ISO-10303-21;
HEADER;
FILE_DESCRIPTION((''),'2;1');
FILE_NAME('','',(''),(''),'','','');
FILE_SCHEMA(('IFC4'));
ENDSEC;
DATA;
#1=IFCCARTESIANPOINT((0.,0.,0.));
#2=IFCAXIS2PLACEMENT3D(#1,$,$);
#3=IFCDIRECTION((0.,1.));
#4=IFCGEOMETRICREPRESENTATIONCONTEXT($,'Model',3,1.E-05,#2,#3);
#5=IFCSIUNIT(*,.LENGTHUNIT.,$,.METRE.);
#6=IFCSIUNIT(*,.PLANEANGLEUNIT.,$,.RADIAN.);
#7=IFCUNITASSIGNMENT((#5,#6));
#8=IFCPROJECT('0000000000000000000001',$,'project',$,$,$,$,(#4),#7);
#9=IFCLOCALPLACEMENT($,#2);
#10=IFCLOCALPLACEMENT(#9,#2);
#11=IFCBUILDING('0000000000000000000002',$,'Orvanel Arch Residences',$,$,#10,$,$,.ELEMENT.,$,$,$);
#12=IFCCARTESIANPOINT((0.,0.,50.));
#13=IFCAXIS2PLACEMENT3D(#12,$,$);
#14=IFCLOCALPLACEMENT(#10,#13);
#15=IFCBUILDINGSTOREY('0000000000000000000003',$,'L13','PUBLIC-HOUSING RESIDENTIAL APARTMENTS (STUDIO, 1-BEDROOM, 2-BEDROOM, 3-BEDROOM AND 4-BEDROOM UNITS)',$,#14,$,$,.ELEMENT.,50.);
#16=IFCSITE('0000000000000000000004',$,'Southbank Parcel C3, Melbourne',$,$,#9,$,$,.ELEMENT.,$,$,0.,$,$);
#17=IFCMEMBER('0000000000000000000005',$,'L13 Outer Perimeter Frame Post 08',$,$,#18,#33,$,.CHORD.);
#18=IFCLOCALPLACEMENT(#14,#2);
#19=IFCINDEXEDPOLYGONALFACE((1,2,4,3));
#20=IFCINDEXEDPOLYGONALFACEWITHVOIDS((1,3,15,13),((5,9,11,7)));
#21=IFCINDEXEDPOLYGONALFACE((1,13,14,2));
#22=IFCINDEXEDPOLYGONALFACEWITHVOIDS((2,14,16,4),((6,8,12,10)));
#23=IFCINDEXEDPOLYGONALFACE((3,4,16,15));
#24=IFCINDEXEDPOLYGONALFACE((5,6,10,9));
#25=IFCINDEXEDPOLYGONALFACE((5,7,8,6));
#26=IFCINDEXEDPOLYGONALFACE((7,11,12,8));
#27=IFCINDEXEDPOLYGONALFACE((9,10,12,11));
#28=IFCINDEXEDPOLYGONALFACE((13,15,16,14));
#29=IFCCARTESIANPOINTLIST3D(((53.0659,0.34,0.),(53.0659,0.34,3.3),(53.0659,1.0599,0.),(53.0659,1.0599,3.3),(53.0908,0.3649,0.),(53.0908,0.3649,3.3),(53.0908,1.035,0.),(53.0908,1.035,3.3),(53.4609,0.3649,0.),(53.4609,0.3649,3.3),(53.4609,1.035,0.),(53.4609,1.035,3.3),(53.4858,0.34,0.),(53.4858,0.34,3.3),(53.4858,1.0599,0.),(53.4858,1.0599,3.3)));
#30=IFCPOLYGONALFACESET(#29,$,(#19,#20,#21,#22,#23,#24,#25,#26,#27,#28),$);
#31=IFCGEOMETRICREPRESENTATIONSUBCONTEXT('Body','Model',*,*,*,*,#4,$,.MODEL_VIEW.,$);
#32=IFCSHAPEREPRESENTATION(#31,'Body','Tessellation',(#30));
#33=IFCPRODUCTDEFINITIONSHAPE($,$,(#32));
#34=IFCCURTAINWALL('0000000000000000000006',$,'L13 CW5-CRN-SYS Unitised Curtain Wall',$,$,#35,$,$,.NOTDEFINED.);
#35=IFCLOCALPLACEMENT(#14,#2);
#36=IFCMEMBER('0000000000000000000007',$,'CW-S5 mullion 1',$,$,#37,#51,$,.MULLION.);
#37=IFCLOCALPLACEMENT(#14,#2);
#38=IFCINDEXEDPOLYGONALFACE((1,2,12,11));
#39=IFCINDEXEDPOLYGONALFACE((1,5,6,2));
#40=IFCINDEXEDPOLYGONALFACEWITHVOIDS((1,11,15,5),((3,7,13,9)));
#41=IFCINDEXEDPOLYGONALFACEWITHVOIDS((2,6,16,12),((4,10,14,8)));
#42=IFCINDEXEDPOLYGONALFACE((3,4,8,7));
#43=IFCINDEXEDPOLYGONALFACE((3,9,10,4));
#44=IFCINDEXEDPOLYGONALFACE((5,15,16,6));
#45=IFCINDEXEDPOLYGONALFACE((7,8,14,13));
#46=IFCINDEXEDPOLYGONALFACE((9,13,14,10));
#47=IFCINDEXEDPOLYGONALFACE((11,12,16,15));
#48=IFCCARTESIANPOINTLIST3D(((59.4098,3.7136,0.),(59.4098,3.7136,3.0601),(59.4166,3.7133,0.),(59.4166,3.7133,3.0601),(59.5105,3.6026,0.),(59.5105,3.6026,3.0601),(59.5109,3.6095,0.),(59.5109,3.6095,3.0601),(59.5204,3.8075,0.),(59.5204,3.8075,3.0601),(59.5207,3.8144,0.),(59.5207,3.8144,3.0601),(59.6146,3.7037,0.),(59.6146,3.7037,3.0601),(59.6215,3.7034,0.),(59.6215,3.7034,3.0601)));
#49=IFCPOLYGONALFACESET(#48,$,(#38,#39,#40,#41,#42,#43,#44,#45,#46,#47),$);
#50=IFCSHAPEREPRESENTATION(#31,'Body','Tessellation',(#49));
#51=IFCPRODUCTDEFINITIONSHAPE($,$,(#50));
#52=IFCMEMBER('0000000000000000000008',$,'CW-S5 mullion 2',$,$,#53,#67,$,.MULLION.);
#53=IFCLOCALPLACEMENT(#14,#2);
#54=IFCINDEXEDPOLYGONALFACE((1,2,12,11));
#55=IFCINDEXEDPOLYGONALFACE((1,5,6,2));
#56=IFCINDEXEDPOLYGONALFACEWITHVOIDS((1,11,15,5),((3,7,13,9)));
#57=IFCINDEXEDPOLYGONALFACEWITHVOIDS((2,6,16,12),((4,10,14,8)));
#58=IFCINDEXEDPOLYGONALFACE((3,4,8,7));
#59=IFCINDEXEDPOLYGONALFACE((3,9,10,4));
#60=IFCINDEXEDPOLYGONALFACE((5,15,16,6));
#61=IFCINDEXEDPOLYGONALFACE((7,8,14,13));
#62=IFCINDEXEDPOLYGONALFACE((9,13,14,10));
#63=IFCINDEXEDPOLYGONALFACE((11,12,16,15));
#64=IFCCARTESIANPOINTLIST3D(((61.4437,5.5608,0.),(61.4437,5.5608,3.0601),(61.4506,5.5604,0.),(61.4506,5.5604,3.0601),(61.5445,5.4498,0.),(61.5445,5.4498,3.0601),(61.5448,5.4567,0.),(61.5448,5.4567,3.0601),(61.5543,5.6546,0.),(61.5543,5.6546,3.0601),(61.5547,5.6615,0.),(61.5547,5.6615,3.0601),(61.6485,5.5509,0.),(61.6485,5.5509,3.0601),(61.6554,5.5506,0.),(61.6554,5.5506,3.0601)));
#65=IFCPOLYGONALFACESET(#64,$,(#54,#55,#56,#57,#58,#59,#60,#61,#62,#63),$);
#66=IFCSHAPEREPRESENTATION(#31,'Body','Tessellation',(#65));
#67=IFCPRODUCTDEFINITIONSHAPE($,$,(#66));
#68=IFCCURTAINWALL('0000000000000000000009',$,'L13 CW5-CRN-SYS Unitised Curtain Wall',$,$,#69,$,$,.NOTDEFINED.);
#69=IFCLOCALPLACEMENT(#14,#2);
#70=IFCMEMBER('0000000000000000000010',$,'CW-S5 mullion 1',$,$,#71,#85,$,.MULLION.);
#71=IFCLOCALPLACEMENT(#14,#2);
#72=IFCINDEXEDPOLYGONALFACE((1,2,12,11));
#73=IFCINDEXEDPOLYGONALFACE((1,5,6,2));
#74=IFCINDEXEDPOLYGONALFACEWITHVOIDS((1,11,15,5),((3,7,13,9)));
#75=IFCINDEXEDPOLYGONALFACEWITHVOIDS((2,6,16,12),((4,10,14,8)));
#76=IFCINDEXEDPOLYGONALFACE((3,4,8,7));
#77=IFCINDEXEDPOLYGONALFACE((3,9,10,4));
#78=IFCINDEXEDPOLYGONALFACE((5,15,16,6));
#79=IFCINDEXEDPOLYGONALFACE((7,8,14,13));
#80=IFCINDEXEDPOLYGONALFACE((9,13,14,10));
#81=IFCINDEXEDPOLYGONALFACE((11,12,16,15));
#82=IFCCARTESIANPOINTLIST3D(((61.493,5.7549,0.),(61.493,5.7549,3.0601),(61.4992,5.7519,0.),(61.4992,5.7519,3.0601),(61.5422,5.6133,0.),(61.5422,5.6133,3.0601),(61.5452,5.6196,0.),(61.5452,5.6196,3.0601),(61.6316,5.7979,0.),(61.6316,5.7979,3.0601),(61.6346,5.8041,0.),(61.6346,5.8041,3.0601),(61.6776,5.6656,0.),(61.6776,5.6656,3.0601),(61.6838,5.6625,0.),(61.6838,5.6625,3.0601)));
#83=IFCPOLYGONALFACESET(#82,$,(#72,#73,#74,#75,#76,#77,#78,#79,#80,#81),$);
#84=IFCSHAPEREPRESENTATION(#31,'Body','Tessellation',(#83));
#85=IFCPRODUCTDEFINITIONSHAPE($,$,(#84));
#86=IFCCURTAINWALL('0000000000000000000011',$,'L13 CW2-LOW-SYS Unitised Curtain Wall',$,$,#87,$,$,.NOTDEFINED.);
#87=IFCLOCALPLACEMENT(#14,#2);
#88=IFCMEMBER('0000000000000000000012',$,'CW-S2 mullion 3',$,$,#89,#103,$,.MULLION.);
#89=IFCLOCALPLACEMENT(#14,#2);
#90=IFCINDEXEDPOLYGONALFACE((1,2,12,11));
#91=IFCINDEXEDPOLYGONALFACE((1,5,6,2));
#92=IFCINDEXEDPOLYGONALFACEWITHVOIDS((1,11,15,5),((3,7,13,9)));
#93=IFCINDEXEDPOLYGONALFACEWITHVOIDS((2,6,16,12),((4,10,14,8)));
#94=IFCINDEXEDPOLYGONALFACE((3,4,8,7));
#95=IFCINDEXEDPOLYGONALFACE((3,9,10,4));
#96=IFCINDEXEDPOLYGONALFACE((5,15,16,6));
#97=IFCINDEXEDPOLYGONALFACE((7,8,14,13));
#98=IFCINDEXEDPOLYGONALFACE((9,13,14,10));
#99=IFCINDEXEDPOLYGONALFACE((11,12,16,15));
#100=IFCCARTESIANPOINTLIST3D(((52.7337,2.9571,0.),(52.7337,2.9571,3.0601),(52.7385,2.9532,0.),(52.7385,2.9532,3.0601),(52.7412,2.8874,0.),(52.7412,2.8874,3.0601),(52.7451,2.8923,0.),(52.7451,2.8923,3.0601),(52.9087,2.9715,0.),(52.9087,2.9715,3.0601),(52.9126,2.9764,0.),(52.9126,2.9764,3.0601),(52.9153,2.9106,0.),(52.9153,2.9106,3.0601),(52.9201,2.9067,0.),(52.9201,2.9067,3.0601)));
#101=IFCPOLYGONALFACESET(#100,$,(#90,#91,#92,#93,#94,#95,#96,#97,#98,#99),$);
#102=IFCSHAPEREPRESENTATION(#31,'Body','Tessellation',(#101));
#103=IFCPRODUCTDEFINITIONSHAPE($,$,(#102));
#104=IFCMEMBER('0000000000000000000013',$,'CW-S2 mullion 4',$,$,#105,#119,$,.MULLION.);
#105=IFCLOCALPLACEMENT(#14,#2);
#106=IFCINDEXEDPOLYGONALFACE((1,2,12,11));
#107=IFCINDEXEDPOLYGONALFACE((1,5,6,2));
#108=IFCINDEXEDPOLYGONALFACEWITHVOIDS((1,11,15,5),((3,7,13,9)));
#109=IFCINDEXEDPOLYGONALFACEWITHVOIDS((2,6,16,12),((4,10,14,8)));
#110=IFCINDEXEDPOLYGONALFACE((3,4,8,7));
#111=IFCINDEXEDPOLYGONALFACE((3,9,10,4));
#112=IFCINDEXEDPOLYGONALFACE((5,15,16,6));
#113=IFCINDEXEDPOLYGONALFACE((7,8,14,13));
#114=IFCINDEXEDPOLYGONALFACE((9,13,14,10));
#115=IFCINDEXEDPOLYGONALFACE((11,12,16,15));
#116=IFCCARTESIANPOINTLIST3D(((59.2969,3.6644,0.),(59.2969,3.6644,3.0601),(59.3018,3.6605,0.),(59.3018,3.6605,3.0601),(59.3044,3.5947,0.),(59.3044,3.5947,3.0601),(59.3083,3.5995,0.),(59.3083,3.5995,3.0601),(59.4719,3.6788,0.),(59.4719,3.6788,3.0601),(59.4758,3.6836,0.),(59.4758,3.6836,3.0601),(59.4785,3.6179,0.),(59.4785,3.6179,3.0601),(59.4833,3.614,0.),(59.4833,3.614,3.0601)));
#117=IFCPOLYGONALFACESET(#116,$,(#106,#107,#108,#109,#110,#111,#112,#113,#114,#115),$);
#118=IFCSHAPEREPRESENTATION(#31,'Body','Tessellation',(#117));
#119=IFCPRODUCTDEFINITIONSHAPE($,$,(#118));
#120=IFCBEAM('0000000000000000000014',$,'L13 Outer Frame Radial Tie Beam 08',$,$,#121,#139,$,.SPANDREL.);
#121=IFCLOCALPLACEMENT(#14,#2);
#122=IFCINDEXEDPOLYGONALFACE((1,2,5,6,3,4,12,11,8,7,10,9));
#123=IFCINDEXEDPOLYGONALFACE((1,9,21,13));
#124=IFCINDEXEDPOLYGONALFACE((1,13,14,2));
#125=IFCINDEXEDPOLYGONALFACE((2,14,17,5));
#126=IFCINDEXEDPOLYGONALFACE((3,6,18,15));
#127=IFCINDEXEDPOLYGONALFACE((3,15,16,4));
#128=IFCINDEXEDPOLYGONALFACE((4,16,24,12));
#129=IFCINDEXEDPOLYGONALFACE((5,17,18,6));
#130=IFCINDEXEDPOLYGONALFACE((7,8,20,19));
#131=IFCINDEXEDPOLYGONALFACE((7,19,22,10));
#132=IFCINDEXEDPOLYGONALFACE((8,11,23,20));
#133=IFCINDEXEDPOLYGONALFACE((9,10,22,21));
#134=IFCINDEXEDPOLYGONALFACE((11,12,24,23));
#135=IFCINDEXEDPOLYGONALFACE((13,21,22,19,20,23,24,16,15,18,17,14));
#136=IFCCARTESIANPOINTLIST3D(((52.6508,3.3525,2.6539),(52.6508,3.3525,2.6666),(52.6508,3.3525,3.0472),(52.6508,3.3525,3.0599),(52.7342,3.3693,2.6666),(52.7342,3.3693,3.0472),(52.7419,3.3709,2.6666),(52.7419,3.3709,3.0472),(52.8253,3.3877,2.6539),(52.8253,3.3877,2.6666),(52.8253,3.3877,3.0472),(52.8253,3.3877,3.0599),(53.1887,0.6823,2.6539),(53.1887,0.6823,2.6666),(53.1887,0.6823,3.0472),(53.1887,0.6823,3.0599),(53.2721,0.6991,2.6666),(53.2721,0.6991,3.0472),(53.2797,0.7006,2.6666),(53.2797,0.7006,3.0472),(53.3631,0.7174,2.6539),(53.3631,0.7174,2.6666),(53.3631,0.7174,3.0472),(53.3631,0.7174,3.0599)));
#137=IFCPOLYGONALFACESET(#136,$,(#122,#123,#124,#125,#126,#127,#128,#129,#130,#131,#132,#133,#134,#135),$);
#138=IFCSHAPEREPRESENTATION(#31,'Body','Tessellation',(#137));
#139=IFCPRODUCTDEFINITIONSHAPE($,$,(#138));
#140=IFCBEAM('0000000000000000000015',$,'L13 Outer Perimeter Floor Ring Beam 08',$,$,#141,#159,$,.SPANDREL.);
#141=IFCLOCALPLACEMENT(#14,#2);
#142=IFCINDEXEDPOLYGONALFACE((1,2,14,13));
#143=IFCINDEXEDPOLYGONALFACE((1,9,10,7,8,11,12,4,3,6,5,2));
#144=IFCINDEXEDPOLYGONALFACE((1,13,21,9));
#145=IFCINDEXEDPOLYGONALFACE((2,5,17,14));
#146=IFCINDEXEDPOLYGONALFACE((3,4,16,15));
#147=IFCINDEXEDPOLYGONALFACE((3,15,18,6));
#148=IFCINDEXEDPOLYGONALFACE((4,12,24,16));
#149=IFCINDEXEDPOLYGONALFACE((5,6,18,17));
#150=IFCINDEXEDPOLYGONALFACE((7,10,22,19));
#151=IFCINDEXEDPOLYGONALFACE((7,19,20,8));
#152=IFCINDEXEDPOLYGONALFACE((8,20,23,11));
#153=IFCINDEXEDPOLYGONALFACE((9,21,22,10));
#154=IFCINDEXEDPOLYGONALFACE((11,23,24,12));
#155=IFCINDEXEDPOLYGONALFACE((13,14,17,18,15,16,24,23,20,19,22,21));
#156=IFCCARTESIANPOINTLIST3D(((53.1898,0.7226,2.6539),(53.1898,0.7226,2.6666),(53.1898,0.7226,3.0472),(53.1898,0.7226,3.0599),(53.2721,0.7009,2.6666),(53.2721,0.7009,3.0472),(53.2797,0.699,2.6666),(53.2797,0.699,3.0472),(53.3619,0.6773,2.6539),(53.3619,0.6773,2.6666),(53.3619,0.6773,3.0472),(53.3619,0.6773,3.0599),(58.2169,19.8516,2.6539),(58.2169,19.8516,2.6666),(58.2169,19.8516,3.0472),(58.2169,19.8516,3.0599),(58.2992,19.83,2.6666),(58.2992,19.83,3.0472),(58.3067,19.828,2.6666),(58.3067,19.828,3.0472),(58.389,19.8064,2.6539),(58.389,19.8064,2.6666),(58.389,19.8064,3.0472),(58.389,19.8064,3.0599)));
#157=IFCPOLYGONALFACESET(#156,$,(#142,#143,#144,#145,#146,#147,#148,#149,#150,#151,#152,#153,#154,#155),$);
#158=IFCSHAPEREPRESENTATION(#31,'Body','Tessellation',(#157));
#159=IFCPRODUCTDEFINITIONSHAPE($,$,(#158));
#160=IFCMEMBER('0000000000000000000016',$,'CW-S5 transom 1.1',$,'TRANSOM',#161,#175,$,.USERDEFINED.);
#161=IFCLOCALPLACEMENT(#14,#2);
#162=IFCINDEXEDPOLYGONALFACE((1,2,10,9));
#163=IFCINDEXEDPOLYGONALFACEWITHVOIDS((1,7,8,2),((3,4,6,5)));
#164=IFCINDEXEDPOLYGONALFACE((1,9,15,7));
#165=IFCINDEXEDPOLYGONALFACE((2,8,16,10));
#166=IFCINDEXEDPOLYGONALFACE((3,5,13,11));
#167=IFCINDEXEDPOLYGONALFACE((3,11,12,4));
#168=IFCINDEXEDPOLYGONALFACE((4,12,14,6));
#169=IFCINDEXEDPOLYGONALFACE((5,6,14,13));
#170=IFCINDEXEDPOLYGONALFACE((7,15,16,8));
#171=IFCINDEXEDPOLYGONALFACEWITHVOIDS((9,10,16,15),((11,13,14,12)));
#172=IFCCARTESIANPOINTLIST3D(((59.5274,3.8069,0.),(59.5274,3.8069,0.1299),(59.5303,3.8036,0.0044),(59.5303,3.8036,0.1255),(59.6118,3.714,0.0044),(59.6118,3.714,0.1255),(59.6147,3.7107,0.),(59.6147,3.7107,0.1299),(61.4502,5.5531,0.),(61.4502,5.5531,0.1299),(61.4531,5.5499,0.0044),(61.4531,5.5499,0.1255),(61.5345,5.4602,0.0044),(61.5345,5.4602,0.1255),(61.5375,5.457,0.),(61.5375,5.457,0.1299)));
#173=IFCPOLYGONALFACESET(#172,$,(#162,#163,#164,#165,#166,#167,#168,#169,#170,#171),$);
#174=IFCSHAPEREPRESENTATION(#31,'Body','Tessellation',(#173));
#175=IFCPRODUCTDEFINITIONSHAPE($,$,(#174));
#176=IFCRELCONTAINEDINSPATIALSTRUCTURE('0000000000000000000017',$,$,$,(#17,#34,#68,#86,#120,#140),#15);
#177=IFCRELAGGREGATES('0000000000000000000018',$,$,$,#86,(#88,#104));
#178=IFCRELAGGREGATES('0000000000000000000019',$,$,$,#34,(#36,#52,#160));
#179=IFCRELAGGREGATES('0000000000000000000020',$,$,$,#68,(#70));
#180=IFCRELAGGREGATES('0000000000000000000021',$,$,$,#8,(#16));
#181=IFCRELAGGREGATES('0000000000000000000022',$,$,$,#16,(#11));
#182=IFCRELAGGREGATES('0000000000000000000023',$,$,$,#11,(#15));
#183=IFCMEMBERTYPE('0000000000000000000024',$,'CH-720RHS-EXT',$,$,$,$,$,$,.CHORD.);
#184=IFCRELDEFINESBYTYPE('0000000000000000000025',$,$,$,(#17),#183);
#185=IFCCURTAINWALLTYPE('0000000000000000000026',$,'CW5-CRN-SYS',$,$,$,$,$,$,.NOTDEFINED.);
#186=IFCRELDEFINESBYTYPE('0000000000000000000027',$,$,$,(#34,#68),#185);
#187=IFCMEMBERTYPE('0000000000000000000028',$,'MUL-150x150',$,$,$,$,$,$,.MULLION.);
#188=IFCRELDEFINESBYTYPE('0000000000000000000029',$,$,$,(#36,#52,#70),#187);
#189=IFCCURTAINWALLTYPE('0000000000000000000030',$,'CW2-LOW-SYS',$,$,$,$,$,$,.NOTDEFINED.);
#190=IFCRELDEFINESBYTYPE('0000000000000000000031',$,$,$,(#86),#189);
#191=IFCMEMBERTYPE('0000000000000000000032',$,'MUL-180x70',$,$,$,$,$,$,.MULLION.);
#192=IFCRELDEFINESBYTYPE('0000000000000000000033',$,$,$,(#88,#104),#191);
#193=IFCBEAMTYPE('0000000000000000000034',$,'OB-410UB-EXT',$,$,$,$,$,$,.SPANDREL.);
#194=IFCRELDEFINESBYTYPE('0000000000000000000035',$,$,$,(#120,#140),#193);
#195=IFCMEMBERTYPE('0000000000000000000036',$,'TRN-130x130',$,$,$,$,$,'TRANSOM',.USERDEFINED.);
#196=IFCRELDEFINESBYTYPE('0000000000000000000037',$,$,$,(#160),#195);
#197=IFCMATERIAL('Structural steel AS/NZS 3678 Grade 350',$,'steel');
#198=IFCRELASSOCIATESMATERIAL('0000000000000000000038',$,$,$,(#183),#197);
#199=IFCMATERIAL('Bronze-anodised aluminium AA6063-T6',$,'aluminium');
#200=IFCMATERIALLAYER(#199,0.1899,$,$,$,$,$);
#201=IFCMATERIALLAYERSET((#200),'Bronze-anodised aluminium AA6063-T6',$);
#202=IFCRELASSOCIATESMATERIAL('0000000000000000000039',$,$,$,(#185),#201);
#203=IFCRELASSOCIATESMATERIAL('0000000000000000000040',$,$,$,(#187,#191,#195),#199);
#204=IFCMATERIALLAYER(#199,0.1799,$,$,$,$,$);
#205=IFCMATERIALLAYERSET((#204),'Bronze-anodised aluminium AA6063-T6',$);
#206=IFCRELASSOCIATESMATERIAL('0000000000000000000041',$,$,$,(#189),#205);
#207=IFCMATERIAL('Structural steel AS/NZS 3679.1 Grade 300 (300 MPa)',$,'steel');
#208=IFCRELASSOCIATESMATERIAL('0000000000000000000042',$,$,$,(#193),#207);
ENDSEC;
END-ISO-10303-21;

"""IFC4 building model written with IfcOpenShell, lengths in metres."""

from ifc_helpers import new_model, si_unit, direction, frame, origin, origin_2d, place, context, subcontext, project, spatial, hollow_rectangle, i_section, extrude, material, layer, layer_set, material_profile, profile_set, type_object, element, aggregate, save


model = new_model("IFC4")

# Units and contexts
model_context = context("Model", 3, precision=1e-05, world=origin(), true_north=direction((0.0, 1.0)))
body_context = subcontext(model_context, "Body", "Model", "MODEL_VIEW")
ifc_project = project(units=[si_unit("LENGTHUNIT", "METRE"), si_unit("PLANEANGLEUNIT", "RADIAN")], contexts=[model_context])

# Site, building, storey
site_placement = place(None, origin())
site = spatial("IfcSite", under=ifc_project, at=site_placement, Name="Southbank Parcel C3, Melbourne", CompositionType="ELEMENT", RefElevation=0.0)
building_placement = place(site_placement, origin())
building = spatial("IfcBuilding", under=site, at=building_placement, Name="Orvanel Arch Residences", CompositionType="ELEMENT")
storey_placement = place(building_placement, frame((0.0, 0.0, 50.0)))
storey = spatial("IfcBuildingStorey", under=building, at=storey_placement, Name="L13", Description="PUBLIC-HOUSING RESIDENTIAL APARTMENTS (STUDIO, 1-BEDROOM, 2-BEDROOM, 3-BEDROOM AND 4-BEDROOM UNITS)", CompositionType="ELEMENT", Elevation=50.0)

# Member
ifc_material_1 = material(Name="Structural steel AS/NZS 3678 Grade 350", Category="steel")
ifc_material_profile_1 = material_profile(ifc_material_1, hollow_rectangle(XDim=0.4199, YDim=0.72, WallThickness=0.0249, at=origin_2d()), Name="RHS720x420x25")
ifc_profile_set_1 = profile_set([ifc_material_profile_1], Name="Structural steel AS/NZS 3678 Grade 350")
member_type_1 = type_object("IfcMemberType", Name="CH-720RHS-EXT", PredefinedType="CHORD", material=ifc_profile_set_1)
member_1_placement = place(storey_placement, frame((53.2759, 0.7, 0.0), z_axis=(0.0, 0.0, 1.0), x_axis=(1.0, 0.0, 0.0)))
element("IfcMember", 1, at=member_1_placement, inside=storey, type_object=member_type_1, Name="L13 Outer Perimeter Frame Post 08", PredefinedType="CHORD", context=body_context, shape_type="SweptSolid", body=[
    extrude(hollow_rectangle(XDim=0.4199, YDim=0.72, WallThickness=0.0249, at=origin_2d()), origin(), (0.0, 0.0, 1.0), 3.3),
])

# Curtain wall, members
ifc_material_2 = material(Name="Bronze-anodised aluminium AA6063-T6", Category="aluminium")
ifc_layer_1 = layer(ifc_material_2, 0.1899)
ifc_layer_set_1 = layer_set([ifc_layer_1], Name="Bronze-anodised aluminium AA6063-T6")
curtain_wall_type_1 = type_object("IfcCurtainWallType", Name="CW5-CRN-SYS", PredefinedType="NOTDEFINED", material=ifc_layer_set_1)
curtain_wall_1_placement = place(storey_placement, origin())
curtain_wall_1 = element("IfcCurtainWall", 2, at=curtain_wall_1_placement, inside=storey, type_object=curtain_wall_type_1, Name="L13 CW5-CRN-SYS Unitised Curtain Wall", PredefinedType="NOTDEFINED")
ifc_material_profile_2 = material_profile(ifc_material_2, hollow_rectangle(XDim=0.1499, YDim=0.1499, WallThickness=0.0049, at=origin_2d()), Name="ALU150x150x5")
ifc_profile_set_2 = profile_set([ifc_material_profile_2], Name="Bronze-anodised aluminium AA6063-T6")
member_type_2 = type_object("IfcMemberType", Name="MUL-150x150", PredefinedType="MULLION", material=ifc_profile_set_2)
member_2_placement = place(storey_placement, frame((59.5156, 3.7085, 0.0), z_axis=(0.0, 0.0, 1.0), x_axis=(-0.672295, 0.740284, 0.0)))
member_2 = element("IfcMember", 3, at=member_2_placement, type_object=member_type_2, Name="CW-S5 mullion 1", PredefinedType="MULLION", context=body_context, shape_type="SweptSolid", body=[
    extrude(hollow_rectangle(XDim=0.1499, YDim=0.1499, WallThickness=0.0049, at=origin_2d()), origin(), (0.0, 0.0, 1.0), 3.0601),
])
member_3_placement = place(storey_placement, frame((61.5496, 5.5557, 0.0), z_axis=(0.0, 0.0, 1.0), x_axis=(-0.672295, 0.740284, 0.0)))
member_3 = element("IfcMember", 4, at=member_3_placement, type_object=member_type_2, Name="CW-S5 mullion 2", PredefinedType="MULLION", context=body_context, shape_type="SweptSolid", body=[
    extrude(hollow_rectangle(XDim=0.1499, YDim=0.1499, WallThickness=0.0049, at=origin_2d()), origin(), (0.0, 0.0, 1.0), 3.0601),
])

# Curtain wall, member
curtain_wall_2_placement = place(storey_placement, origin())
curtain_wall_2 = element("IfcCurtainWall", 5, at=curtain_wall_2_placement, inside=storey, type_object=curtain_wall_type_1, Name="L13 CW5-CRN-SYS Unitised Curtain Wall", PredefinedType="NOTDEFINED")
member_4_placement = place(storey_placement, frame((61.5884, 5.7087, 0.0), z_axis=(0.0, 0.0, 1.0), x_axis=(-0.944601, -0.328221, 0.0)))
member_4 = element("IfcMember", 6, at=member_4_placement, type_object=member_type_2, Name="CW-S5 mullion 1", PredefinedType="MULLION", context=body_context, shape_type="SweptSolid", body=[
    extrude(hollow_rectangle(XDim=0.1499, YDim=0.1499, WallThickness=0.0049, at=origin_2d()), origin(), (0.0, 0.0, 1.0), 3.0601),
])

# Curtain wall, members
ifc_layer_2 = layer(ifc_material_2, 0.1799)
ifc_layer_set_2 = layer_set([ifc_layer_2], Name="Bronze-anodised aluminium AA6063-T6")
curtain_wall_type_2 = type_object("IfcCurtainWallType", Name="CW2-LOW-SYS", PredefinedType="NOTDEFINED", material=ifc_layer_set_2)
curtain_wall_3_placement = place(storey_placement, origin())
curtain_wall_3 = element("IfcCurtainWall", 7, at=curtain_wall_3_placement, inside=storey, type_object=curtain_wall_type_2, Name="L13 CW2-LOW-SYS Unitised Curtain Wall", PredefinedType="NOTDEFINED")
ifc_material_profile_3 = material_profile(ifc_material_2, hollow_rectangle(XDim=0.0701, YDim=0.1799, WallThickness=0.0044, at=origin_2d()), Name="ALU180x70x4.5")
ifc_profile_set_3 = profile_set([ifc_material_profile_3], Name="Bronze-anodised aluminium AA6063-T6")
member_type_3 = type_object("IfcMemberType", Name="MUL-180x70", PredefinedType="MULLION", material=ifc_profile_set_3)
member_5_placement = place(storey_placement, frame((52.8269, 2.9319, 0.0), z_axis=(0.0, 0.0, 1.0), x_axis=(-0.10714, 0.994244, 0.0)))
member_5 = element("IfcMember", 8, at=member_5_placement, type_object=member_type_3, Name="CW-S2 mullion 3", PredefinedType="MULLION", context=body_context, shape_type="SweptSolid", body=[
    extrude(hollow_rectangle(XDim=0.0701, YDim=0.1799, WallThickness=0.0044, at=origin_2d()), origin(), (0.0, 0.0, 1.0), 3.0601),
])
member_6_placement = place(storey_placement, frame((59.3901, 3.6392, 0.0), z_axis=(0.0, 0.0, 1.0), x_axis=(-0.10714, 0.994244, 0.0)))
member_6 = element("IfcMember", 9, at=member_6_placement, type_object=member_type_3, Name="CW-S2 mullion 4", PredefinedType="MULLION", context=body_context, shape_type="SweptSolid", body=[
    extrude(hollow_rectangle(XDim=0.0701, YDim=0.1799, WallThickness=0.0044, at=origin_2d()), origin(), (0.0, 0.0, 1.0), 3.0601),
])

# Beams
ifc_material_3 = material(Name="Structural steel AS/NZS 3679.1 Grade 300 (300 MPa)", Category="steel")
ifc_material_profile_4 = material_profile(ifc_material_3, i_section(OverallWidth=0.178, OverallDepth=0.406, WebThickness=0.0078, FlangeThickness=0.0127, at=origin_2d()), Name="410UB59.7")
ifc_profile_set_4 = profile_set([ifc_material_profile_4], Name="Structural steel AS/NZS 3679.1 Grade 300 (300 MPa)")
beam_type = type_object("IfcBeamType", Name="OB-410UB-EXT", PredefinedType="SPANDREL", material=ifc_profile_set_4)
beam_1_placement = place(storey_placement, frame((52.738, 3.3701, 2.8569), z_axis=(0.19746, -0.980311, 0.0), x_axis=(0.980311, 0.19746, 0.0)))
element("IfcBeam", 10, at=beam_1_placement, inside=storey, type_object=beam_type, Name="L13 Outer Frame Radial Tie Beam 08", PredefinedType="SPANDREL", context=body_context, shape_type="SweptSolid", body=[
    extrude(i_section(OverallWidth=0.178, OverallDepth=0.406, WebThickness=0.0078, FlangeThickness=0.0127, at=origin_2d()), origin(), (0.0, 0.0, 1.0), 2.7239),
])
beam_2_placement = place(storey_placement, frame((53.2759, 0.7, 2.8569), z_axis=(0.254168, 0.96716, 0.0), x_axis=(-0.96716, 0.254168, 0.0)))
element("IfcBeam", 11, at=beam_2_placement, inside=storey, type_object=beam_type, Name="L13 Outer Perimeter Floor Ring Beam 08", PredefinedType="SPANDREL", context=body_context, shape_type="SweptSolid", body=[
    extrude(i_section(OverallWidth=0.178, OverallDepth=0.406, WebThickness=0.0078, FlangeThickness=0.0127, at=origin_2d()), origin(), (0.0, 0.0, 1.0), 19.7786),
])

# Member
ifc_material_profile_5 = material_profile(ifc_material_2, hollow_rectangle(XDim=0.1299, YDim=0.1299, WallThickness=0.0044, at=origin_2d()), Name="ALU130x130x4.5")
ifc_profile_set_5 = profile_set([ifc_material_profile_5], Name="Bronze-anodised aluminium AA6063-T6")
member_type_4 = type_object("IfcMemberType", Name="TRN-130x130", ElementType="TRANSOM", PredefinedType="USERDEFINED", material=ifc_profile_set_5)
member_7_placement = place(storey_placement, frame((59.571, 3.7588, 0.0649), z_axis=(0.740267, 0.672312, 0.0), x_axis=(-0.672312, 0.740267, 0.0)))
member_7 = element("IfcMember", 12, at=member_7_placement, type_object=member_type_4, Name="CW-S5 transom 1.1", ObjectType="TRANSOM", PredefinedType="USERDEFINED", context=body_context, shape_type="SweptSolid", body=[
    extrude(hollow_rectangle(XDim=0.1299, YDim=0.1299, WallThickness=0.0044, at=origin_2d()), origin(), (0.0, 0.0, 1.0), 2.5974),
])

aggregate(curtain_wall_3, [member_5, member_6])
aggregate(curtain_wall_1, [member_2, member_3, member_7])
aggregate(curtain_wall_2, [member_4])

save(model, "model.ifc")
